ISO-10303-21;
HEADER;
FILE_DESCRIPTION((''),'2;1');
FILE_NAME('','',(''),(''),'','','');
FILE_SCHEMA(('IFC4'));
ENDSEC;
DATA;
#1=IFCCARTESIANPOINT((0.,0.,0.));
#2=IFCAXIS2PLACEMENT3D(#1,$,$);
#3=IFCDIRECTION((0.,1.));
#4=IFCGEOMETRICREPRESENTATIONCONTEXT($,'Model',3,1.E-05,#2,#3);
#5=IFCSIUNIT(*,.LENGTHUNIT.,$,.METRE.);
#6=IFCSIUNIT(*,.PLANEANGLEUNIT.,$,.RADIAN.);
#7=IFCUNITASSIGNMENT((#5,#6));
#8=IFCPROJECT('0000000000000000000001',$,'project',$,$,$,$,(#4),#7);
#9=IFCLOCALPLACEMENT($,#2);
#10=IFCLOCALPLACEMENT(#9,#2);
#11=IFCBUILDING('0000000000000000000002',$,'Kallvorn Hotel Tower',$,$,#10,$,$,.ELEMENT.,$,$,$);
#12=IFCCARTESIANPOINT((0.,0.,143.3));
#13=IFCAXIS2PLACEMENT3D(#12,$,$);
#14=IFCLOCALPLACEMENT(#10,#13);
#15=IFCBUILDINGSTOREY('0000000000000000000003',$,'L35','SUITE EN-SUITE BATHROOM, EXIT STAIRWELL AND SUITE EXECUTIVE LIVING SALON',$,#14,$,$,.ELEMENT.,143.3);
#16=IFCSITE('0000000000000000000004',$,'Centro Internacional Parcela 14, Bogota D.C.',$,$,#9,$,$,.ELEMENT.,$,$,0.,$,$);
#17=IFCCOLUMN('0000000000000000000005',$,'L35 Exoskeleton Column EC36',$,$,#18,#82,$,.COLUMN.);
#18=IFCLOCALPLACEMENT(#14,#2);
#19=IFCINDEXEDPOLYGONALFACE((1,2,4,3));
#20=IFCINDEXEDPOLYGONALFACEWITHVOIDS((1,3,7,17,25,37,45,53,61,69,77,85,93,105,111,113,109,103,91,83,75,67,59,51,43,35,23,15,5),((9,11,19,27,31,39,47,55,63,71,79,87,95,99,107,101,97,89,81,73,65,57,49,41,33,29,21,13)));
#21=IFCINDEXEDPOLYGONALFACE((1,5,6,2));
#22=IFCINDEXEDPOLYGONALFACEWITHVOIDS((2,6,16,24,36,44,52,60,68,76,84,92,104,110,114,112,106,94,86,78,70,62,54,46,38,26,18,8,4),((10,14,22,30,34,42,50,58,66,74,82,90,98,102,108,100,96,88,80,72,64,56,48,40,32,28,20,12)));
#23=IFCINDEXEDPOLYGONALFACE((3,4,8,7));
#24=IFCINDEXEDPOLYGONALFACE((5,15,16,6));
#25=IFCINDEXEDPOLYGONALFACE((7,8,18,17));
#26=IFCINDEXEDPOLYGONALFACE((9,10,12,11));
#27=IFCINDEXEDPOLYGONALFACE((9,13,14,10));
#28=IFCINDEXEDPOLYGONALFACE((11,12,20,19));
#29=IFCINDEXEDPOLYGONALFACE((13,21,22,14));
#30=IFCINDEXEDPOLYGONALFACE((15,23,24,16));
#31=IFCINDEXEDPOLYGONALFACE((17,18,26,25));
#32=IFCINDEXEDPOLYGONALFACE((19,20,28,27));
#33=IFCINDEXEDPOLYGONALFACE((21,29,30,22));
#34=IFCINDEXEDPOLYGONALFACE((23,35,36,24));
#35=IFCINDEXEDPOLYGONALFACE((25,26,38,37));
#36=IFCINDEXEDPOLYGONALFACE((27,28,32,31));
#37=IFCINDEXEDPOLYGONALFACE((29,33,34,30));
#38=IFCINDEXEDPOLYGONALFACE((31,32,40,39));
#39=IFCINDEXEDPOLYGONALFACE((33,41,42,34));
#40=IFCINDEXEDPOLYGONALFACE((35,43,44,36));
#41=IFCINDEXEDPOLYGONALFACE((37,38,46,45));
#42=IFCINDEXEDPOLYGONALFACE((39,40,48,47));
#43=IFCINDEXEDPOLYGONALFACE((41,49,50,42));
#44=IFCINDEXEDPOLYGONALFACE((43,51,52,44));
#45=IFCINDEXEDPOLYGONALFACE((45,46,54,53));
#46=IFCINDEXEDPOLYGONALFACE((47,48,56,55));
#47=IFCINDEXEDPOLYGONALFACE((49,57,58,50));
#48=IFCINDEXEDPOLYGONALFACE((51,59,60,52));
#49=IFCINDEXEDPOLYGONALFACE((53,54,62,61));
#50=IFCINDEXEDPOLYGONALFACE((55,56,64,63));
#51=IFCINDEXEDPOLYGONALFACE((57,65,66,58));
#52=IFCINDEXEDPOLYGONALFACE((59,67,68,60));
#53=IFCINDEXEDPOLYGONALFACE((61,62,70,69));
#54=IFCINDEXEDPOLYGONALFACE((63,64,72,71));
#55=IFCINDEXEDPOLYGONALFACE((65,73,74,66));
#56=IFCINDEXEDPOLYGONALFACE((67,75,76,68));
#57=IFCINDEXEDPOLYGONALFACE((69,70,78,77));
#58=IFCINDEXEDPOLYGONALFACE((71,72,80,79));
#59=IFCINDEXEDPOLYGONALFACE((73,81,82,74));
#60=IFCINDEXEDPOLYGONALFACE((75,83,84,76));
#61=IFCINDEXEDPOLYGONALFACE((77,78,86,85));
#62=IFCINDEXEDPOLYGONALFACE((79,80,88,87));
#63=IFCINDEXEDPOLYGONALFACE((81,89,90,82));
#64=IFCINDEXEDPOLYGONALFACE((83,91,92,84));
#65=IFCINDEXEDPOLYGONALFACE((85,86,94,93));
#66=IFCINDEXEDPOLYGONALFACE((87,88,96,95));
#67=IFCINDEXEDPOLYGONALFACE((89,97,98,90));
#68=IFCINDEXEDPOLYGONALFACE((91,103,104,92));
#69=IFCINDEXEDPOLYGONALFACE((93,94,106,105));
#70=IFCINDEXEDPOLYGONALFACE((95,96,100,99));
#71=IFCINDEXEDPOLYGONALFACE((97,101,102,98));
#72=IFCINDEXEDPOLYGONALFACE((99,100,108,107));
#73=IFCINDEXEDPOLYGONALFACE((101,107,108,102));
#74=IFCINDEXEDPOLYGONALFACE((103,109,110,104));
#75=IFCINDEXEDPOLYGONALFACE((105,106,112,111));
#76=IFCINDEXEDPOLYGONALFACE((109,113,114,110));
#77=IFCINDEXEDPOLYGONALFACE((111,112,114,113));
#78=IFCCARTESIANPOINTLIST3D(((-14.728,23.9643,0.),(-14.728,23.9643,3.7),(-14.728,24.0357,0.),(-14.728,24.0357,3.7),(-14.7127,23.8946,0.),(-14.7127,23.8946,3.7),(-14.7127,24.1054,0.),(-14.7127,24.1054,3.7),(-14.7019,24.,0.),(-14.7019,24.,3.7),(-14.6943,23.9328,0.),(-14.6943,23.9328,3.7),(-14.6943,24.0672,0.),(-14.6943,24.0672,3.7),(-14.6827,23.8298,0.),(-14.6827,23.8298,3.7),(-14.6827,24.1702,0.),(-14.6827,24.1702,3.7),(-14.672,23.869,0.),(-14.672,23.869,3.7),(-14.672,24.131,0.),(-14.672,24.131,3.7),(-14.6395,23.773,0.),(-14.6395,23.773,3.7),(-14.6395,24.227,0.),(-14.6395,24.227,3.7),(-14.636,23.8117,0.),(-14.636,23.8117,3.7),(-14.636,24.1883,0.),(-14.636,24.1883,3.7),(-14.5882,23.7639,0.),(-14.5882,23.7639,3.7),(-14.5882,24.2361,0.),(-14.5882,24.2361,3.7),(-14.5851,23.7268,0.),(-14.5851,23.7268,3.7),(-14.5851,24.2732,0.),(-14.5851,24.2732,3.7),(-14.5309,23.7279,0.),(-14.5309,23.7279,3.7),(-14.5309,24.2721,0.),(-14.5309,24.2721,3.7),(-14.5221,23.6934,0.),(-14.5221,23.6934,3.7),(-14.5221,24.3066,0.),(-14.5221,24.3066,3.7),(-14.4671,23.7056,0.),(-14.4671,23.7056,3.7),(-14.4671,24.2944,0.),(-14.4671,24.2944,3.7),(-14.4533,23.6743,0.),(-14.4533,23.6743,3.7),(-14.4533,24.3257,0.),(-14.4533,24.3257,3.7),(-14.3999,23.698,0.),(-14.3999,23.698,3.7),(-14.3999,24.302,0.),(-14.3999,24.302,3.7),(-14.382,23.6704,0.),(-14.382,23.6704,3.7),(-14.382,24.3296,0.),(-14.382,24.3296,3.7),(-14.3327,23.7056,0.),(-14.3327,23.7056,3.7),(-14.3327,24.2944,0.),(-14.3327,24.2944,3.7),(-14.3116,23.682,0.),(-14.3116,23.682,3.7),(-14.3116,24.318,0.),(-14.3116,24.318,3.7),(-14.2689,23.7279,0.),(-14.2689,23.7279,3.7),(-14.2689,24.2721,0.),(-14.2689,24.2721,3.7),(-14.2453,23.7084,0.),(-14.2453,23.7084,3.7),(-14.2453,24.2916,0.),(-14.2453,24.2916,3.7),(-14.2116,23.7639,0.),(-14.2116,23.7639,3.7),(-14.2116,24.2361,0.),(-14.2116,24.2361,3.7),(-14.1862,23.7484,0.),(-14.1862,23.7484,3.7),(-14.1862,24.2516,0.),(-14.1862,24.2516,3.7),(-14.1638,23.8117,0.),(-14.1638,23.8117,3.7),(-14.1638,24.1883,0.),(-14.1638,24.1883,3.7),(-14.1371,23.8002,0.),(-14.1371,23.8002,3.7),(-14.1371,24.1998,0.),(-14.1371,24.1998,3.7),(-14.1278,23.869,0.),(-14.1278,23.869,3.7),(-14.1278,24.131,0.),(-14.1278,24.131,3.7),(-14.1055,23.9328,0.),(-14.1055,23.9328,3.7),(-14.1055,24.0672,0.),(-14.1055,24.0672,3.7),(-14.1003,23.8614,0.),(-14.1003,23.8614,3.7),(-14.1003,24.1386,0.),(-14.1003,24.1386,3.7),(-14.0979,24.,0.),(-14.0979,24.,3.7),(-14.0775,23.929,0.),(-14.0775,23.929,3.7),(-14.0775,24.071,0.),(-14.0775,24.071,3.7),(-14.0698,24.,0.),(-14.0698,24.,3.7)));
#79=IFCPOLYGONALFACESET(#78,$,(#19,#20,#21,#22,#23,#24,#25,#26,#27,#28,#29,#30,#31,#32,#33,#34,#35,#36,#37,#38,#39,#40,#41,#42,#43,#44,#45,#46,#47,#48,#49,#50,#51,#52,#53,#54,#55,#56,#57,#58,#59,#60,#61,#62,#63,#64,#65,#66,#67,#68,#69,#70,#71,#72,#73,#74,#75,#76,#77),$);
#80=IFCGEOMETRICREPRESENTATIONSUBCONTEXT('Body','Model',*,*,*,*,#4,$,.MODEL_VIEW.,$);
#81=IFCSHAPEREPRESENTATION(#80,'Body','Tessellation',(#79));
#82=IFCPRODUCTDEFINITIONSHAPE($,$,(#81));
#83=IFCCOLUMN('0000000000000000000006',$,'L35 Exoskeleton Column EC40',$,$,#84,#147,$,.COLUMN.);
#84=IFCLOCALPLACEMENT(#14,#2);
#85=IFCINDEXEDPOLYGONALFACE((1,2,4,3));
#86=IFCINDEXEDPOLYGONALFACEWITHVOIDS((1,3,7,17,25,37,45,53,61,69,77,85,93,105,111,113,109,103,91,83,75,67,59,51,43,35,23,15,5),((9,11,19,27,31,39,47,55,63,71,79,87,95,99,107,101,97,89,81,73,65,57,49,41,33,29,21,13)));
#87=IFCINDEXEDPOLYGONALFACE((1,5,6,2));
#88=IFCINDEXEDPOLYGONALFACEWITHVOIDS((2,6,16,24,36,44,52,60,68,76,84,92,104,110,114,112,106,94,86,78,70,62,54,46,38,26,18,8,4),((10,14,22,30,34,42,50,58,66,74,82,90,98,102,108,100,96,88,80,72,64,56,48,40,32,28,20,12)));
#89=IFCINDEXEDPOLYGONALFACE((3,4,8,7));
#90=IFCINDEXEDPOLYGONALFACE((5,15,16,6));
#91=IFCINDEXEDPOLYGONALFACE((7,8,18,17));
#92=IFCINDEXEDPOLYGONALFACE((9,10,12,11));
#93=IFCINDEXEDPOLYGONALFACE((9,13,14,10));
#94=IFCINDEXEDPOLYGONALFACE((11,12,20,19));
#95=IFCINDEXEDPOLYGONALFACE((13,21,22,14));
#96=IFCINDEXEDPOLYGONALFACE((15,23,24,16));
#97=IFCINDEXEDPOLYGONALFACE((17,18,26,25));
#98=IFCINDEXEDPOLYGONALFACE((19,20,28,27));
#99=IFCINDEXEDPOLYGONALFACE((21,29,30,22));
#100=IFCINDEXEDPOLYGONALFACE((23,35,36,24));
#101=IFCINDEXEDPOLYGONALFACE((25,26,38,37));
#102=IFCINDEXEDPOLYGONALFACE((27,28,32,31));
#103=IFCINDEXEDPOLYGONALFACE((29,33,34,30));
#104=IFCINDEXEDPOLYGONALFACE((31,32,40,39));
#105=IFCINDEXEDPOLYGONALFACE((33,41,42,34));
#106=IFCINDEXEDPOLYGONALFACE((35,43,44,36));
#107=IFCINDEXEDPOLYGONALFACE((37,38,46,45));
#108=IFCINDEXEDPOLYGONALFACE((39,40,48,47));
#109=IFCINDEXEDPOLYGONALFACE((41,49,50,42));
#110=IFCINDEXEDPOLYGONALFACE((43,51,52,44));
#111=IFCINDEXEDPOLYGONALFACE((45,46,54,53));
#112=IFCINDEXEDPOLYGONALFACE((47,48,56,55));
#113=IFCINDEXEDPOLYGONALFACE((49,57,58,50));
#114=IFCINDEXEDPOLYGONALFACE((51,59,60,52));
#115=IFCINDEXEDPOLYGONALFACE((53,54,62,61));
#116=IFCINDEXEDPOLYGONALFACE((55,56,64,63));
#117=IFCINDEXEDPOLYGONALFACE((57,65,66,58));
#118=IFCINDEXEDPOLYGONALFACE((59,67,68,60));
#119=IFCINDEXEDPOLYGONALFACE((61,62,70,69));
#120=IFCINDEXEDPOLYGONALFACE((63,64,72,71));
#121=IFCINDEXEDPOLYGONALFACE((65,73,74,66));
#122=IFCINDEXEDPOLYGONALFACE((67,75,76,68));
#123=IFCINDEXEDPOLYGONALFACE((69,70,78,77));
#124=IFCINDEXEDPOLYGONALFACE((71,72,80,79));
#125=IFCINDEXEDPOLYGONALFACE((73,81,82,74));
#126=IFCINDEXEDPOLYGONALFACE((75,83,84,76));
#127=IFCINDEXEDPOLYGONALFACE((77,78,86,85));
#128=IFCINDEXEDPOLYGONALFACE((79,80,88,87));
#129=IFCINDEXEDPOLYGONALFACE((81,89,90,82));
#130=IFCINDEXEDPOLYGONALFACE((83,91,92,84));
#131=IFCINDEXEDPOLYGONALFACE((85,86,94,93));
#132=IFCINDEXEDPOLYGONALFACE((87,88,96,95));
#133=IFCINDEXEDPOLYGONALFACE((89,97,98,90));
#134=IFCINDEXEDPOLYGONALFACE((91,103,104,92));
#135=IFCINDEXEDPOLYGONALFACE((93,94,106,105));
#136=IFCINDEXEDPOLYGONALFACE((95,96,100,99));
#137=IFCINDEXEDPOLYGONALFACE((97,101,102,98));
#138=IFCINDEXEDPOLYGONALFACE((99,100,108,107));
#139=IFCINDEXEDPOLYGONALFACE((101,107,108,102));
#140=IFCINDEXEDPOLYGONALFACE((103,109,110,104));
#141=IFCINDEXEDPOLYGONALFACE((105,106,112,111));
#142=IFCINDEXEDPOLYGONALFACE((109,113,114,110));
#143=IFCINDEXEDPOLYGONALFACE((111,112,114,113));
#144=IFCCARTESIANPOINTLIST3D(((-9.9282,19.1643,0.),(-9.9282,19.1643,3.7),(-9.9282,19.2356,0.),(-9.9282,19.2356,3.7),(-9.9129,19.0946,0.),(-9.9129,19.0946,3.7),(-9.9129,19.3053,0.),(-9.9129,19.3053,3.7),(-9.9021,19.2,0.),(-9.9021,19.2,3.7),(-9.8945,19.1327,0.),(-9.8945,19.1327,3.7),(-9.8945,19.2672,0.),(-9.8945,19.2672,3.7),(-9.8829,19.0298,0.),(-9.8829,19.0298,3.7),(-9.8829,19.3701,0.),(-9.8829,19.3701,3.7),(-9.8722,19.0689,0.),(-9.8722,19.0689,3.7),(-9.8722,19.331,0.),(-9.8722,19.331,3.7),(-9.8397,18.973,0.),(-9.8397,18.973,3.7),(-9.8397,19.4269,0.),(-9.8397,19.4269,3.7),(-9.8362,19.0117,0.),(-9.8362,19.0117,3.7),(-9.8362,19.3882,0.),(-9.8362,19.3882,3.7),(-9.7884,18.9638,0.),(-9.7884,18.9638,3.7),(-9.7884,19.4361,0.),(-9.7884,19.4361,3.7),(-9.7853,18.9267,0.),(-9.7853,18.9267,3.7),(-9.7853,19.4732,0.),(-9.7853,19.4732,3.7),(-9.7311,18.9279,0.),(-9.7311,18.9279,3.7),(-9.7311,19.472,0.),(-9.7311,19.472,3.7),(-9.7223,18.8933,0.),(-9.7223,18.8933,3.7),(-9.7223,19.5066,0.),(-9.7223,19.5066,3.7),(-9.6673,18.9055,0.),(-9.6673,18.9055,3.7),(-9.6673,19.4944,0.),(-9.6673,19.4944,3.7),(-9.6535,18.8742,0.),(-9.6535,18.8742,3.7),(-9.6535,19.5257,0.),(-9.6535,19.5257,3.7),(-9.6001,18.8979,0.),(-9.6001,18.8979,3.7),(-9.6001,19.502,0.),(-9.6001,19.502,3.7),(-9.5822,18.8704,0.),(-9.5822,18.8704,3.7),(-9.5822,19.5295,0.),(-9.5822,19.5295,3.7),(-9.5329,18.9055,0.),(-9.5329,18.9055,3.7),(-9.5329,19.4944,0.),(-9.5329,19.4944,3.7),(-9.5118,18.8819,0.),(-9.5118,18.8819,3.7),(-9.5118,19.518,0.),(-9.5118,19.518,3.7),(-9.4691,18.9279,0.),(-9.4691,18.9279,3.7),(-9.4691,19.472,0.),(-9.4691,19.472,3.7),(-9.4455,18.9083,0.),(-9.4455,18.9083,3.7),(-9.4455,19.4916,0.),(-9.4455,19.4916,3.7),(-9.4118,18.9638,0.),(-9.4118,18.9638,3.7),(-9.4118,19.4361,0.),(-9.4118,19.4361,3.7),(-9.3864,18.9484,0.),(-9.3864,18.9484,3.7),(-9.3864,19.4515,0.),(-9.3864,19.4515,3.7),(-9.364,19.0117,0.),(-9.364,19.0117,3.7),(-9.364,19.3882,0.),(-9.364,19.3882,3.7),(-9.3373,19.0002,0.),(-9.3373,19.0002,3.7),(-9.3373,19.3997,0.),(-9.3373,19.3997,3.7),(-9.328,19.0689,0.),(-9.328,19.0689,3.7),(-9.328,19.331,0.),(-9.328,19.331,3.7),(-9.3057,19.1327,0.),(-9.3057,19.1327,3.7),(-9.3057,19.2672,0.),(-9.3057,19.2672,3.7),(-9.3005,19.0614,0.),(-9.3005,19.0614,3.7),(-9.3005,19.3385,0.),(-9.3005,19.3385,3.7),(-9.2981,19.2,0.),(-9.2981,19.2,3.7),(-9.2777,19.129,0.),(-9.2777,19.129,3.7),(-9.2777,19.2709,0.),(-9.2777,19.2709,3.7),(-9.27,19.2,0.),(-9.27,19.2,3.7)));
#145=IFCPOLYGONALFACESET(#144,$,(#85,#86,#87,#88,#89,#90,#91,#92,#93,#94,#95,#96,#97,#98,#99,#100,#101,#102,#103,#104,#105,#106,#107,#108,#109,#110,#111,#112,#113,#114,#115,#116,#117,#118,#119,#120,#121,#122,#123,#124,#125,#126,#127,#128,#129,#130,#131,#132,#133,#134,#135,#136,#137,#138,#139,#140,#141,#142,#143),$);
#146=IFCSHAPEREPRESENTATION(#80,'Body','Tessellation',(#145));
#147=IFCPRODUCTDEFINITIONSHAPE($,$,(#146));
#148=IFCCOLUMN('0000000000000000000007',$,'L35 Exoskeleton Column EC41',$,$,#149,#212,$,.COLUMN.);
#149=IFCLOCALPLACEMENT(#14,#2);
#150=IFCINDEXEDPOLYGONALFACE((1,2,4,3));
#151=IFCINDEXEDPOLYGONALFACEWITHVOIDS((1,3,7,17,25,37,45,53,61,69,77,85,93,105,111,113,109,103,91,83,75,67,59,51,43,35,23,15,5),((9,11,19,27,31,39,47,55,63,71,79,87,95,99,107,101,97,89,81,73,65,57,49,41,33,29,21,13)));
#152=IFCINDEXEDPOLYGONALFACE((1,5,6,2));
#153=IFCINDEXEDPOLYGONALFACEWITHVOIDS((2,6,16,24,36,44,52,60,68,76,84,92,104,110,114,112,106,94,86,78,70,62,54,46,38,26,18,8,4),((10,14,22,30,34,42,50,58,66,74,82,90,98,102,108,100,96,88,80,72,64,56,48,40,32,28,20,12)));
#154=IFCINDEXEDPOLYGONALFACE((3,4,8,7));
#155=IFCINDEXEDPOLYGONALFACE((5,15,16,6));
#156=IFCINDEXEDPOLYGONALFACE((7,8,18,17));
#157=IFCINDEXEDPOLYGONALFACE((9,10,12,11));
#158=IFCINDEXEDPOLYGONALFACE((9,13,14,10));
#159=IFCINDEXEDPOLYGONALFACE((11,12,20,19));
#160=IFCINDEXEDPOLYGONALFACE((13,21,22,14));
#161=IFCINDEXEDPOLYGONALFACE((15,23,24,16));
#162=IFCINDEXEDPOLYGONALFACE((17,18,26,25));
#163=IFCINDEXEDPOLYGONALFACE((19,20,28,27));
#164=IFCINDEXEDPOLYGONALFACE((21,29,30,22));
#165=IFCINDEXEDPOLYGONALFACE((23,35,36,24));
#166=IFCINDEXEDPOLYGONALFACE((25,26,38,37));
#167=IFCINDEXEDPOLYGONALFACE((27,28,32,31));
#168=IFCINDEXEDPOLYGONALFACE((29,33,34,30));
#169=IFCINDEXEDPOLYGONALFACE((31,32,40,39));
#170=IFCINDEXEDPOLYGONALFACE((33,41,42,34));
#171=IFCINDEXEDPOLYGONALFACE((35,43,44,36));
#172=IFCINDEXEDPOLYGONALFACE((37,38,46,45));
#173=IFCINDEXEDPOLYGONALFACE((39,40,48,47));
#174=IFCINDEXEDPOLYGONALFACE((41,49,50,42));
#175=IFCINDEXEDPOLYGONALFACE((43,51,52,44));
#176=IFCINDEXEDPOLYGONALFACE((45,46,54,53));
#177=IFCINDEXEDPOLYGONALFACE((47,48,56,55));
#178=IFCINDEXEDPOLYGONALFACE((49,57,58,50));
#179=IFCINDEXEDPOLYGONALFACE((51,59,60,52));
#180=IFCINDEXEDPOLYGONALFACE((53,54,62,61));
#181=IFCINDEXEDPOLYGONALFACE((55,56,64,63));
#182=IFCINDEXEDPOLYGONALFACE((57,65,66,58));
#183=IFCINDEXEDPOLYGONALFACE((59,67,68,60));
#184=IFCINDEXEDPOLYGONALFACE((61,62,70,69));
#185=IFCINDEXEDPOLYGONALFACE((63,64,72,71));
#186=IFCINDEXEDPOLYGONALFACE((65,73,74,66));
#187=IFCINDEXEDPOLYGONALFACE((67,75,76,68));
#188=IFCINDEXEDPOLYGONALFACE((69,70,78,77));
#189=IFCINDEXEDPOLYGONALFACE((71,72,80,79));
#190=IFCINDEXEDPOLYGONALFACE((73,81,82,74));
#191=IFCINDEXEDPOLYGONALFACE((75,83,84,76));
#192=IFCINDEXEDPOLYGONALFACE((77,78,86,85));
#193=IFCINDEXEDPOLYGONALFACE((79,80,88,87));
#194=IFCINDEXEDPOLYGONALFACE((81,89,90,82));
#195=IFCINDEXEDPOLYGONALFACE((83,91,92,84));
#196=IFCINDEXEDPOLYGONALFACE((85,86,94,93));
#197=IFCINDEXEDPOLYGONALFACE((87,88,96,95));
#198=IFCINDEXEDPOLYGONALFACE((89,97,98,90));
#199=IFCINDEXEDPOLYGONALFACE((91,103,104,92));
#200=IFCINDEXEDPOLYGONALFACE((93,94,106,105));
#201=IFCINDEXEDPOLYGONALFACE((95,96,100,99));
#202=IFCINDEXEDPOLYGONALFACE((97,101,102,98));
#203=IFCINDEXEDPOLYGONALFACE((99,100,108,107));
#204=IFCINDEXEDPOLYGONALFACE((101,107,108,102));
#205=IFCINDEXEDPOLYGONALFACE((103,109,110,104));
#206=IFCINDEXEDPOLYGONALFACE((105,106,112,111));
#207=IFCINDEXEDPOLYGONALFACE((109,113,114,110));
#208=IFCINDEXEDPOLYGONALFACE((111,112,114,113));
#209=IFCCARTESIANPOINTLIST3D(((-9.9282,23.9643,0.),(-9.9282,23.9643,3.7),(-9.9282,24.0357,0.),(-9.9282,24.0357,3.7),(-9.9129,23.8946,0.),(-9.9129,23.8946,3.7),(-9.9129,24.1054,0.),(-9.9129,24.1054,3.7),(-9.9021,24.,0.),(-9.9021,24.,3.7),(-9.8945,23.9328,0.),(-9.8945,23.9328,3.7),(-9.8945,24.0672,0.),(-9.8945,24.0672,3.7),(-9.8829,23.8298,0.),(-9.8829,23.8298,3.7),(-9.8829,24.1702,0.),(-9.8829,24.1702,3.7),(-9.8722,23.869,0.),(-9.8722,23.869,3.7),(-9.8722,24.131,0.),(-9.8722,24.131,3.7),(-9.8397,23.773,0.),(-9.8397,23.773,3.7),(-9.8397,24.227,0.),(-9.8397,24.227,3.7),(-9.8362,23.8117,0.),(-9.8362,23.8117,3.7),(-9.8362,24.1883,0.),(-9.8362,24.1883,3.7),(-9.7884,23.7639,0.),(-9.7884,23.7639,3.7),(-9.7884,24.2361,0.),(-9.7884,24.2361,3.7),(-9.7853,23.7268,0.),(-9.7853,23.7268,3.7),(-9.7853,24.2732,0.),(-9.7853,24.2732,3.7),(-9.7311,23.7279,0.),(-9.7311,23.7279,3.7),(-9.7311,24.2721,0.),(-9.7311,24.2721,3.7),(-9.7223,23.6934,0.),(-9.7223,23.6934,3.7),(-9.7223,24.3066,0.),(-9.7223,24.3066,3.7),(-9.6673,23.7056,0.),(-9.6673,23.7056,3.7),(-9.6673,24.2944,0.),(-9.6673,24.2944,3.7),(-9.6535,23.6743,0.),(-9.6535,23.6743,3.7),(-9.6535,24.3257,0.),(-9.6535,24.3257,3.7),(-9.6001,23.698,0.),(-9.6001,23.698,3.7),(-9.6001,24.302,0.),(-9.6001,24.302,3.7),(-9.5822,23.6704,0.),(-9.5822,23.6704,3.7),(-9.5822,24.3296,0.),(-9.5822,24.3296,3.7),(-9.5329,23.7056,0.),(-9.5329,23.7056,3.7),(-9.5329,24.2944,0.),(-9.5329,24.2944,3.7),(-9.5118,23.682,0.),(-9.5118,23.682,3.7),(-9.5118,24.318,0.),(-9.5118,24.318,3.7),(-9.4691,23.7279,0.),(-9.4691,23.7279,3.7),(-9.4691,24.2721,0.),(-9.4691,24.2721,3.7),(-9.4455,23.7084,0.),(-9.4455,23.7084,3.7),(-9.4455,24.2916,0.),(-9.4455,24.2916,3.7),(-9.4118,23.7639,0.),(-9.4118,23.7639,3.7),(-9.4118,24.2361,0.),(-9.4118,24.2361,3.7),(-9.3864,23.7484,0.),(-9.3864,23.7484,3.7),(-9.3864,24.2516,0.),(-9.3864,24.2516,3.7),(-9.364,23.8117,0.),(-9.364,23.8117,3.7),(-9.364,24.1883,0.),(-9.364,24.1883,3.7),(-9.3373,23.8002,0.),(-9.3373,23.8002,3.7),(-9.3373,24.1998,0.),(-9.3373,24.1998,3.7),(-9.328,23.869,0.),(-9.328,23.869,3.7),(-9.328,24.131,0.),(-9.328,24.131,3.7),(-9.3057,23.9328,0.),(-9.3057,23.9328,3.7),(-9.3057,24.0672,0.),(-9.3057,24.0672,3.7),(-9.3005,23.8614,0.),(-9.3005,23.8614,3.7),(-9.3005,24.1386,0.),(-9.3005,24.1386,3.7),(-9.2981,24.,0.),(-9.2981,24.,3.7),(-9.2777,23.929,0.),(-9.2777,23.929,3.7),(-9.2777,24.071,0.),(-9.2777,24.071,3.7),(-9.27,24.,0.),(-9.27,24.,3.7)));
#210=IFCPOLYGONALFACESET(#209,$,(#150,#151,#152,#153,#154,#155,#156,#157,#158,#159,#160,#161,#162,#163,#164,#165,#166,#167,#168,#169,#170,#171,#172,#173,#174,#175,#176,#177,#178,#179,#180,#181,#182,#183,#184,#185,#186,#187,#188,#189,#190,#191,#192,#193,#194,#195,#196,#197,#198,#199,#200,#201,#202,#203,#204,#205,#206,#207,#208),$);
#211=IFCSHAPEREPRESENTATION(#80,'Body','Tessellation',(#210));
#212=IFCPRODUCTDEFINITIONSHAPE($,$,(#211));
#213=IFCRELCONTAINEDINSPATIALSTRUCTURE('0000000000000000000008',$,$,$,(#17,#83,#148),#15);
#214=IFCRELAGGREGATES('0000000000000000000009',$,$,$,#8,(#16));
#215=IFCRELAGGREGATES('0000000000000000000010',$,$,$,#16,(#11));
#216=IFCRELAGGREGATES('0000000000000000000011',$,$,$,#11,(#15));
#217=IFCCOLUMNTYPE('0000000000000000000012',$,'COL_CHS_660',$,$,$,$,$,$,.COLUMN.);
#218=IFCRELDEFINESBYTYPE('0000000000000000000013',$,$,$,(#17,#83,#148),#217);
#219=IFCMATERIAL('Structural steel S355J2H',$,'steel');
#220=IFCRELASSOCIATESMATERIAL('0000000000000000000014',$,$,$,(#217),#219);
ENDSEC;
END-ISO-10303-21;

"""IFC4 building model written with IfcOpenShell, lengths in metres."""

from ifc_helpers import new_model, si_unit, direction, frame, origin, origin_2d, place, context, subcontext, project, spatial, hollow_circle, extrude, material, material_profile, profile_set, type_object, element, save


model = new_model("IFC4")

# Units and contexts
model_context = context("Model", 3, precision=1e-05, world=origin(), true_north=direction((0.0, 1.0)))
body_context = subcontext(model_context, "Body", "Model", "MODEL_VIEW")
ifc_project = project(units=[si_unit("LENGTHUNIT", "METRE"), si_unit("PLANEANGLEUNIT", "RADIAN")], contexts=[model_context])

# Site, building, storey
site_placement = place(None, origin())
site = spatial("IfcSite", under=ifc_project, at=site_placement, Name="Centro Internacional Parcela 14, Bogota D.C.", CompositionType="ELEMENT", RefElevation=0.0)
building_placement = place(site_placement, origin())
building = spatial("IfcBuilding", under=site, at=building_placement, Name="Kallvorn Hotel Tower", CompositionType="ELEMENT")
storey_placement = place(building_placement, frame((0.0, 0.0, 143.3)))
storey = spatial("IfcBuildingStorey", under=building, at=storey_placement, Name="L35", Description="SUITE EN-SUITE BATHROOM, EXIT STAIRWELL AND SUITE EXECUTIVE LIVING SALON", CompositionType="ELEMENT", Elevation=143.3)

# Columns
ifc_material_1 = material(Name="Structural steel S355J2H", Category="steel")
ifc_material_profile_1 = material_profile(ifc_material_1, hollow_circle(Radius=0.3301, WallThickness=0.0281, at=origin_2d()), Name="CHS 660x28")
ifc_profile_set_1 = profile_set([ifc_material_profile_1], Name="Structural steel S355J2H")
column_type_1 = type_object("IfcColumnType", Name="COL_CHS_660", PredefinedType="COLUMN", material=ifc_profile_set_1)
for number, where, z_axis, x_axis, name in (
    (1, (-14.3999, 24.0, 0.0), (0.0, 0.0, 1.0), (1.0, 0.0, 0.0), "L35 Exoskeleton Column EC36"),
    (2, (-9.6001, 19.2, 0.0), (0.0, 0.0, 1.0), (1.0, 0.0, 0.0), "L35 Exoskeleton Column EC40"),
    (3, (-9.6001, 24.0, 0.0), (0.0, 0.0, 1.0), (1.0, 0.0, 0.0), "L35 Exoskeleton Column EC41"),
):
    element("IfcColumn", number, at=place(storey_placement, frame(where, z_axis=z_axis, x_axis=x_axis)), inside=storey, type_object=column_type_1, Name=name, PredefinedType="COLUMN", context=body_context, shape_type="SweptSolid", body=[
        extrude(hollow_circle(Radius=0.3301, WallThickness=0.0281, at=origin_2d()), origin(), (0.0, 0.0, 1.0), 3.7),
    ])

save(model, "model.ifc")
